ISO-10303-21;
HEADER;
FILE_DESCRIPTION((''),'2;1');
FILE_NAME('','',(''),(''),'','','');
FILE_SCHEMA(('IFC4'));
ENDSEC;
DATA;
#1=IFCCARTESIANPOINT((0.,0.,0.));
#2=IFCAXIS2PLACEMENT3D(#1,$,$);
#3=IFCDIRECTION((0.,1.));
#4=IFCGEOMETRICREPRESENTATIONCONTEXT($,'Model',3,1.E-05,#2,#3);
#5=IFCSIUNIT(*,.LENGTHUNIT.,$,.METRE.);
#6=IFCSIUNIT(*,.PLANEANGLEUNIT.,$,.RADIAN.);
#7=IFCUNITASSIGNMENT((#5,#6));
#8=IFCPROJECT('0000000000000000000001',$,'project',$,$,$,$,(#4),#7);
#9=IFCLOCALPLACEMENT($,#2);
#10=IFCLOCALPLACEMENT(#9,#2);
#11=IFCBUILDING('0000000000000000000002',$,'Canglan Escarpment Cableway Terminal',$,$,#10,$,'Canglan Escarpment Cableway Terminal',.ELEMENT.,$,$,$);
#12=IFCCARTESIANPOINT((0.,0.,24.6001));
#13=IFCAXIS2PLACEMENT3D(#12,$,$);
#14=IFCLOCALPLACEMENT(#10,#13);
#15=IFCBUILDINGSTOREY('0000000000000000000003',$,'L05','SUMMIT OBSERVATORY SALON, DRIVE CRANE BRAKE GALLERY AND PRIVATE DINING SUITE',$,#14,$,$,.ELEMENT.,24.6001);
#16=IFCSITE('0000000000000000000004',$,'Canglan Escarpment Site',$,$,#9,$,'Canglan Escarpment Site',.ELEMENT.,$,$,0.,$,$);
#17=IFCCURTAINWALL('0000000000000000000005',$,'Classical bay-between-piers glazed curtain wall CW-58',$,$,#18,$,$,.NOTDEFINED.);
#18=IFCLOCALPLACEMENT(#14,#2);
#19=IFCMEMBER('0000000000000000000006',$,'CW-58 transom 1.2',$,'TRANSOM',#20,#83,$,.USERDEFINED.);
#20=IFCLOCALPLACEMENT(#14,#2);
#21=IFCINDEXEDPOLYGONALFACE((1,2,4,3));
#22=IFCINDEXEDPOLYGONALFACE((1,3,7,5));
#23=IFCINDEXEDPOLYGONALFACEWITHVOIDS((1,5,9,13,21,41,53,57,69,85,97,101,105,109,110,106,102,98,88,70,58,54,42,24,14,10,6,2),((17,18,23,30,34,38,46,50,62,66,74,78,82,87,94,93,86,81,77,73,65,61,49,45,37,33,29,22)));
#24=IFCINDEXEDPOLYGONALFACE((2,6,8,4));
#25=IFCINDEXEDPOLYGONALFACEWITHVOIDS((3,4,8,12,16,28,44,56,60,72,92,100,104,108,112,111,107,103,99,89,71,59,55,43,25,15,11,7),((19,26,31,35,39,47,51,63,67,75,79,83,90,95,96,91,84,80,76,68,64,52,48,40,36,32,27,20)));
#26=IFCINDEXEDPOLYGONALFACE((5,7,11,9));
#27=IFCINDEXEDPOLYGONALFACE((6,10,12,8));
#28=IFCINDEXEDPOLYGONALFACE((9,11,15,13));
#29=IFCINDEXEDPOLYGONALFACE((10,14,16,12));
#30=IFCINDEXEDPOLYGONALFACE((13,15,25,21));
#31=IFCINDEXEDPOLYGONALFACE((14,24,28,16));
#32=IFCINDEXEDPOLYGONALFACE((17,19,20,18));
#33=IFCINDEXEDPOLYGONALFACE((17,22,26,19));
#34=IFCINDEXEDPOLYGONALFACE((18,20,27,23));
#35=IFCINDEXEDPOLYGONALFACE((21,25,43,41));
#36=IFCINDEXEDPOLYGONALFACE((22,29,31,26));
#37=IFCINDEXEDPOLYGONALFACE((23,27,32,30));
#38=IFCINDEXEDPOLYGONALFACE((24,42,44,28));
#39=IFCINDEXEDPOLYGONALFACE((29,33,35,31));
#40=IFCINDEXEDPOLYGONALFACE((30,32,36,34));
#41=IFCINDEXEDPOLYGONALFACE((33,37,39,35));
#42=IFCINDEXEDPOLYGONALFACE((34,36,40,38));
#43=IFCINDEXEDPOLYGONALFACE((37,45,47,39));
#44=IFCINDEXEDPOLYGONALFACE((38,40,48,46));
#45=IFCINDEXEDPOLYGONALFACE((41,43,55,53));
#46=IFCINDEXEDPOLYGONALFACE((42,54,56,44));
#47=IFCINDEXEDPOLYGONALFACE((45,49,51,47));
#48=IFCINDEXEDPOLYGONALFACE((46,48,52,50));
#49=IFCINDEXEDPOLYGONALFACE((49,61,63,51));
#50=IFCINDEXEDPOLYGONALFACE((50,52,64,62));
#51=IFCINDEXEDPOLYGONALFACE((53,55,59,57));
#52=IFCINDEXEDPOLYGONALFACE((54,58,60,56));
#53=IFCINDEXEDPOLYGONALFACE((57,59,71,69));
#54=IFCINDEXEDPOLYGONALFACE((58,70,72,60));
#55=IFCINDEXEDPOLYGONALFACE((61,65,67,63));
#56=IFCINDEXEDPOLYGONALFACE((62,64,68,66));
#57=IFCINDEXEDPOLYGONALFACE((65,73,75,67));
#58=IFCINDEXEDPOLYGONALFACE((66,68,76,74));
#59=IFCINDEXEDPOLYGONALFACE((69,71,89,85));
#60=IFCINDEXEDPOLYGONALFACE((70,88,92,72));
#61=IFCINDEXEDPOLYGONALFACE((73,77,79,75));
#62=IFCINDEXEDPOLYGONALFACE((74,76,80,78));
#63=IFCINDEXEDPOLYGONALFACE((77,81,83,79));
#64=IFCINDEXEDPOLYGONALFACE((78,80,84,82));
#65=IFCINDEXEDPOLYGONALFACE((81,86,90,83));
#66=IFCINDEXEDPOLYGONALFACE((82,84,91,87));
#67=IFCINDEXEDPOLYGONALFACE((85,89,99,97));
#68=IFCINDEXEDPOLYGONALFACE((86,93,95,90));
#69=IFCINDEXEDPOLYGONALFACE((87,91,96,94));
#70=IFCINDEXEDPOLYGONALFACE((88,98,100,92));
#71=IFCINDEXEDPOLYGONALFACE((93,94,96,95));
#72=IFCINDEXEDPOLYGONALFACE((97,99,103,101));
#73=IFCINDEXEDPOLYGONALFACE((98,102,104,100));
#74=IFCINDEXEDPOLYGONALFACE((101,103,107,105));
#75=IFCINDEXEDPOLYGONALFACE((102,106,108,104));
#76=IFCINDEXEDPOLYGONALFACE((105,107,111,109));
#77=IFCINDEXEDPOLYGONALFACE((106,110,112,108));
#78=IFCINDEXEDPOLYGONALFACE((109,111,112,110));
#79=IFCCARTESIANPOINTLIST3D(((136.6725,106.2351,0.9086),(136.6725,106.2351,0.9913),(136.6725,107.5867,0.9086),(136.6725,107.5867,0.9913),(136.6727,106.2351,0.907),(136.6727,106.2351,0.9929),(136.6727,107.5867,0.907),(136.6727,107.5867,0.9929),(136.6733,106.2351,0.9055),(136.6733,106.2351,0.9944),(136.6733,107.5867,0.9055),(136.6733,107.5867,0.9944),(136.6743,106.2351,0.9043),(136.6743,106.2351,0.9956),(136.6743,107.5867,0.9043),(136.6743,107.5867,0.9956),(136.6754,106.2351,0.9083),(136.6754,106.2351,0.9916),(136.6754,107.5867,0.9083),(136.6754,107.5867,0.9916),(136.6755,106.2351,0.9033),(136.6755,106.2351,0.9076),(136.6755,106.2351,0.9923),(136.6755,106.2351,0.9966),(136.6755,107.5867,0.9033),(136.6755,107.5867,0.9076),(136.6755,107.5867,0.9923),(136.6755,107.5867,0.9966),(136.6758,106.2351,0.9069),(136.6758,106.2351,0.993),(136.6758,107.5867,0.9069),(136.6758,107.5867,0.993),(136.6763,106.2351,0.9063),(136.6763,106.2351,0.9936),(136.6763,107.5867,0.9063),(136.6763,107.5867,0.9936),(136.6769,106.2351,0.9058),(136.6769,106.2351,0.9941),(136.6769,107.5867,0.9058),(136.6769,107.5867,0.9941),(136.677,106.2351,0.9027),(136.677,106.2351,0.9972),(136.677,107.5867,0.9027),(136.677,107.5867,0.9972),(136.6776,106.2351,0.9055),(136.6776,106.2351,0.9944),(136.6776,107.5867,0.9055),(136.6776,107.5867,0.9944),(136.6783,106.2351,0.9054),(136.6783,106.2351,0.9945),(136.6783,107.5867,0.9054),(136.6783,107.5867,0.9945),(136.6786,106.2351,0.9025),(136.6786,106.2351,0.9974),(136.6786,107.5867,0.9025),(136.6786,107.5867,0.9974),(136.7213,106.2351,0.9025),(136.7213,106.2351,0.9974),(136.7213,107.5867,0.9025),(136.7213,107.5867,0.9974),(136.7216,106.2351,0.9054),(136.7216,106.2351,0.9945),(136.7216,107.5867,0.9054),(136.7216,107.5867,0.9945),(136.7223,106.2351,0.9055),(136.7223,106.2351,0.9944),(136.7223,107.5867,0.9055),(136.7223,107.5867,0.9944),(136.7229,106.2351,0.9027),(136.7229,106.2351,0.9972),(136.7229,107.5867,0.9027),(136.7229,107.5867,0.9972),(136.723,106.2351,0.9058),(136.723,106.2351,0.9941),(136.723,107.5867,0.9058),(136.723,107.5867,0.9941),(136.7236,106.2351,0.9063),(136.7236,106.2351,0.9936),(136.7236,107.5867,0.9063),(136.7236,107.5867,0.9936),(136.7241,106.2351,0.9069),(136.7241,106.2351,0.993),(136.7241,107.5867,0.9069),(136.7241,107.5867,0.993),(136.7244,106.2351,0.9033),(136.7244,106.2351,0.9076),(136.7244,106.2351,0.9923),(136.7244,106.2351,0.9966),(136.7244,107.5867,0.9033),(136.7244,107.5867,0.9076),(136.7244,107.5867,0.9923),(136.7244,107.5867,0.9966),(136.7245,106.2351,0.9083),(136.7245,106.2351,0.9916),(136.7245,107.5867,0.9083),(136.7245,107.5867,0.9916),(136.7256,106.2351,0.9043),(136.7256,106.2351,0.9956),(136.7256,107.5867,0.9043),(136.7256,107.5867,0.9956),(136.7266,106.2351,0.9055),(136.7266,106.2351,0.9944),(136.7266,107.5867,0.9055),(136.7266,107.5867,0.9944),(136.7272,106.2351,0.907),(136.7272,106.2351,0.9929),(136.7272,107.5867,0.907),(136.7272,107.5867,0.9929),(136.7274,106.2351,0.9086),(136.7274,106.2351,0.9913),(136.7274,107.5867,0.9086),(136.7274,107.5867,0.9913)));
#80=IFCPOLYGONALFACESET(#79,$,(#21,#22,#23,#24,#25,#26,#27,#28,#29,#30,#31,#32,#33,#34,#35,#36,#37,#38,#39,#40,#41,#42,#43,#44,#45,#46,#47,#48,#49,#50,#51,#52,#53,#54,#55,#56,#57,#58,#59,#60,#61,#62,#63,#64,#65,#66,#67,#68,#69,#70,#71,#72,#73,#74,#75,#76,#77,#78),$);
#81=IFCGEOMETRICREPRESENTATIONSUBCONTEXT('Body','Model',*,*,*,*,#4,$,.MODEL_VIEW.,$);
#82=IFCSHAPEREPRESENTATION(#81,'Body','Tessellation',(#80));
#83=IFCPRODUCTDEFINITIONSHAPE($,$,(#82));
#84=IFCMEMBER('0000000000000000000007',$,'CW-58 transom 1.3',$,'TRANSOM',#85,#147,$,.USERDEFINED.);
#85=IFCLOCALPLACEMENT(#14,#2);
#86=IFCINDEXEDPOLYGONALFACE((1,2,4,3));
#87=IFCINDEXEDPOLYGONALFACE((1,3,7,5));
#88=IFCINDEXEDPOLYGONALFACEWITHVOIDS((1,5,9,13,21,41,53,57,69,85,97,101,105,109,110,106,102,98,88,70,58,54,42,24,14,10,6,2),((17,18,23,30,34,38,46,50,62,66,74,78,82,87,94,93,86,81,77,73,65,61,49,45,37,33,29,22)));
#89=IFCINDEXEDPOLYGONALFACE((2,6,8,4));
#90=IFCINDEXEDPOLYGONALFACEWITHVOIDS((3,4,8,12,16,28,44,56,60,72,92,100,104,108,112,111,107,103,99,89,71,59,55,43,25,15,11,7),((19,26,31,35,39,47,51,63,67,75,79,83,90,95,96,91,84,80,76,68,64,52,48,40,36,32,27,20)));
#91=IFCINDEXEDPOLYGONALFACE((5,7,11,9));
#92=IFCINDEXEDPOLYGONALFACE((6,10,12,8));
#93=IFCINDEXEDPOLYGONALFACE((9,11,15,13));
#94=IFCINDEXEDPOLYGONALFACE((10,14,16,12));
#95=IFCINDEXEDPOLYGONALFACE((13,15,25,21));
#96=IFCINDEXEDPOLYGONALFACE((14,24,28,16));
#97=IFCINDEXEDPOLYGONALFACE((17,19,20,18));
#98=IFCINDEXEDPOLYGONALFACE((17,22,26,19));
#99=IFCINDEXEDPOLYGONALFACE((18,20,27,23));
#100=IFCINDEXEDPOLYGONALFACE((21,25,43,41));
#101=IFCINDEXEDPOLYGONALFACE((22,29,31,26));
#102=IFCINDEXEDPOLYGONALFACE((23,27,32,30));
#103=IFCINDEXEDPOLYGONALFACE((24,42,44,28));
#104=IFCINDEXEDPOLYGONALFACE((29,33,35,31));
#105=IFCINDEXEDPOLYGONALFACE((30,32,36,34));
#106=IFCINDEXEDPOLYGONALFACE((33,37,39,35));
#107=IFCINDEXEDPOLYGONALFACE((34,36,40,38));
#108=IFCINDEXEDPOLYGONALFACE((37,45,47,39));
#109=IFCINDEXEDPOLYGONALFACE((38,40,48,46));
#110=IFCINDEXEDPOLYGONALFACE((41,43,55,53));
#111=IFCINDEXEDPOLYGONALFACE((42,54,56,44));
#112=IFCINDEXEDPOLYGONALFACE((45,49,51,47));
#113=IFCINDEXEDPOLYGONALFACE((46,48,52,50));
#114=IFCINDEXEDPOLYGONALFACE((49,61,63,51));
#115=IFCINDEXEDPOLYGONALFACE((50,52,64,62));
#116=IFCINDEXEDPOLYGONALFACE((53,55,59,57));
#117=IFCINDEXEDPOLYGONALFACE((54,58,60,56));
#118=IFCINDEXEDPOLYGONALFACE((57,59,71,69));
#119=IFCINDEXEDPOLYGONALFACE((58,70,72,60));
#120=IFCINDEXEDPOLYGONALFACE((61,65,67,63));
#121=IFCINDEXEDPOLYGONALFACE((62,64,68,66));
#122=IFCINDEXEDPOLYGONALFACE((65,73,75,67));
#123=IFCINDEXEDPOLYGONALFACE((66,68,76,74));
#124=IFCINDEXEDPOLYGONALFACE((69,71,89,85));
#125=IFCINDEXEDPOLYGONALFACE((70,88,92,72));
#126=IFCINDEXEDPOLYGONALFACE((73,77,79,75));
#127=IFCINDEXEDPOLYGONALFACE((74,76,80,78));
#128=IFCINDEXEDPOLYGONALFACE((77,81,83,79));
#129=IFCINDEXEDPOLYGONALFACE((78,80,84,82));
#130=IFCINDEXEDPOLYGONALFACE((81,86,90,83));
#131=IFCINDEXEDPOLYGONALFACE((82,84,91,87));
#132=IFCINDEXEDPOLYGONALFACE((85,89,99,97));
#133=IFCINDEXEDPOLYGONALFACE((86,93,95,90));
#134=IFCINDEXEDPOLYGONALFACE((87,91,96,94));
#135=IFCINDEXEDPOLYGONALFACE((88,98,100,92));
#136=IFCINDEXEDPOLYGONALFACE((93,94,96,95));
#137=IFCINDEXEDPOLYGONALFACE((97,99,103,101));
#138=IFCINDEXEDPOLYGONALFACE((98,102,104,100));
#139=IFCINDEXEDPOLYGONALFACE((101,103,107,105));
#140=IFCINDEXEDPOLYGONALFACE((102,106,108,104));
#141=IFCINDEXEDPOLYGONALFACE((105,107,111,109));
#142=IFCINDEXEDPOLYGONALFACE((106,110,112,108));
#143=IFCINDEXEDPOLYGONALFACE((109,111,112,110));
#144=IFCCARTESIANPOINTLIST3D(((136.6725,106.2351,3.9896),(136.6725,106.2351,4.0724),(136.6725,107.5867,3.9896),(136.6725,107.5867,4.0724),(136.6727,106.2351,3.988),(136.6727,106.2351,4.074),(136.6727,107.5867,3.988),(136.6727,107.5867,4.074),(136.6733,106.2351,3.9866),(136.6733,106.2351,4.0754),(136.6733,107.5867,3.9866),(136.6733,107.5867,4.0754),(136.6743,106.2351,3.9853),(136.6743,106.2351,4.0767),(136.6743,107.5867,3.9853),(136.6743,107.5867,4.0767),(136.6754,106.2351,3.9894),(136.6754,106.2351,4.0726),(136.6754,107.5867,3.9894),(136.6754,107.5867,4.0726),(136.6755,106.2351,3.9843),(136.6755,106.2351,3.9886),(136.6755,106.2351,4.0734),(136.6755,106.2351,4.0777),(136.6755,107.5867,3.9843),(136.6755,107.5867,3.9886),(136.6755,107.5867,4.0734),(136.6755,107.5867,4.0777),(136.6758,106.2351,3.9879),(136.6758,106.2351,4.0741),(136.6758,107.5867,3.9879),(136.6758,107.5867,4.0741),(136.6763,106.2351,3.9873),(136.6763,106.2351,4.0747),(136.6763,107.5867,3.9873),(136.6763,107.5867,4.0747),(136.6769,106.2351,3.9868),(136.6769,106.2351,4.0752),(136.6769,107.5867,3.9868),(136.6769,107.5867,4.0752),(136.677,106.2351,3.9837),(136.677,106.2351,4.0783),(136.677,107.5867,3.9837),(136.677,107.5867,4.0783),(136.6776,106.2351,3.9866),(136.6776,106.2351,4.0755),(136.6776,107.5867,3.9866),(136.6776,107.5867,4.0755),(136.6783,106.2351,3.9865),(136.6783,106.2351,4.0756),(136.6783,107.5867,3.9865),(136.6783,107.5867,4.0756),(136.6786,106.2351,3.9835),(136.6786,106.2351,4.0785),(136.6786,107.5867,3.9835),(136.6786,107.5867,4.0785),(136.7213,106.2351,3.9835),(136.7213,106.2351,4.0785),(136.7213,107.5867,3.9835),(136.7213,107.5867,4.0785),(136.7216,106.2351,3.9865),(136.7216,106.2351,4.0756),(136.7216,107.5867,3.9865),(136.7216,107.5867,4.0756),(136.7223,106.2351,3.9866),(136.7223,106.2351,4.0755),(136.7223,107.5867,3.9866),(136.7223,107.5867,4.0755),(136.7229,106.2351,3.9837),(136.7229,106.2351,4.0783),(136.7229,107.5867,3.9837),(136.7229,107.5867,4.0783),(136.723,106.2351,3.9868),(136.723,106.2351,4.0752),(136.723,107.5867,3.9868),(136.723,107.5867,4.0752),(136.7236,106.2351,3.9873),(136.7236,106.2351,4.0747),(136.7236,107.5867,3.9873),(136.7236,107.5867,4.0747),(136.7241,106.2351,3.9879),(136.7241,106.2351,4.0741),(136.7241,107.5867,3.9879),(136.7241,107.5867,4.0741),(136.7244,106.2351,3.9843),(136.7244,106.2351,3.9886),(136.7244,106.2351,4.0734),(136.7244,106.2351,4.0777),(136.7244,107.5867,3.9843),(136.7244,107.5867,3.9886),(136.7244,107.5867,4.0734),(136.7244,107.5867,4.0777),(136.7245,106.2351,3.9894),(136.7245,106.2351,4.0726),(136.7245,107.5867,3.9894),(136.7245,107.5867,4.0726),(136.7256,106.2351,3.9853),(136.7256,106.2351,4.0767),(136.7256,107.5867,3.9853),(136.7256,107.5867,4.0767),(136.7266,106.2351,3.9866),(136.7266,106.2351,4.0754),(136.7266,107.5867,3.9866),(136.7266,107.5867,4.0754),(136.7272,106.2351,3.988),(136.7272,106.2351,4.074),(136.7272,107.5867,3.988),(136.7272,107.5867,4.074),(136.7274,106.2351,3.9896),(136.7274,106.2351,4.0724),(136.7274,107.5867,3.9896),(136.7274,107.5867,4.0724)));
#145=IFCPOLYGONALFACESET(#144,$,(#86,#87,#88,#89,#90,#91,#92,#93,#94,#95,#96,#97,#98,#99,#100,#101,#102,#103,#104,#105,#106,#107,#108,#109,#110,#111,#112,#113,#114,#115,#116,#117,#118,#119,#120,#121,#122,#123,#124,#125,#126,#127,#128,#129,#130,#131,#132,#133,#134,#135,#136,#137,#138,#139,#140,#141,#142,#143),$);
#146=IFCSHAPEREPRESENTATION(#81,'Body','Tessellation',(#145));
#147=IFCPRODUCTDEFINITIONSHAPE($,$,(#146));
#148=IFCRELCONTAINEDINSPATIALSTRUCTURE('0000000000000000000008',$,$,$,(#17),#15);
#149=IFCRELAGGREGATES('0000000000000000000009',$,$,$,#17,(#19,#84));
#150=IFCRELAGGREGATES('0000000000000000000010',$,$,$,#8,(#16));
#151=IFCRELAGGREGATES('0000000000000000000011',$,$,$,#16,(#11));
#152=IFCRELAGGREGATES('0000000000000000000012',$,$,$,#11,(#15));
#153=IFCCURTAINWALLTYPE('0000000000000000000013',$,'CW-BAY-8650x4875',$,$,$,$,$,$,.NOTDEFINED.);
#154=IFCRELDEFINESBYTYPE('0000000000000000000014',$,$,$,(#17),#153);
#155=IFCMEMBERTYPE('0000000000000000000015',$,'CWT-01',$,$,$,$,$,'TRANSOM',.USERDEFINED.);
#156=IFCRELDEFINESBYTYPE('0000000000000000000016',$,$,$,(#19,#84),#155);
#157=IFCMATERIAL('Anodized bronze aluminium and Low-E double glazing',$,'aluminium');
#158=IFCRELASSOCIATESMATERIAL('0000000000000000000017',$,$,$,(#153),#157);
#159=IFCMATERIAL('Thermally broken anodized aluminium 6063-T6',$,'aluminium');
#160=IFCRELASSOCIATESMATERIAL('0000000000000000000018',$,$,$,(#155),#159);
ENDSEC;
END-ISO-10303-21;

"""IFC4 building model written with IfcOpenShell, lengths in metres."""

from ifc_helpers import new_model, si_unit, direction, frame, origin, origin_2d, place, context, subcontext, project, spatial, hollow_rectangle, extrude, material, material_profile, profile_set, type_object, element, aggregate, save


model = new_model("IFC4")

# Units and contexts
model_context = context("Model", 3, precision=1e-05, world=origin(), true_north=direction((0.0, 1.0)))
body_context = subcontext(model_context, "Body", "Model", "MODEL_VIEW")
ifc_project = project(units=[si_unit("LENGTHUNIT", "METRE"), si_unit("PLANEANGLEUNIT", "RADIAN")], contexts=[model_context])

# Site, building, storey
site_placement = place(None, origin())
site = spatial("IfcSite", under=ifc_project, at=site_placement, Name="Canglan Escarpment Site", LongName="Canglan Escarpment Site", CompositionType="ELEMENT", RefElevation=0.0)
building_placement = place(site_placement, origin())
building = spatial("IfcBuilding", under=site, at=building_placement, Name="Canglan Escarpment Cableway Terminal", LongName="Canglan Escarpment Cableway Terminal", CompositionType="ELEMENT")
storey_placement = place(building_placement, frame((0.0, 0.0, 24.6001)))
storey = spatial("IfcBuildingStorey", under=building, at=storey_placement, Name="L05", Description="SUMMIT OBSERVATORY SALON, DRIVE CRANE BRAKE GALLERY AND PRIVATE DINING SUITE", CompositionType="ELEMENT", Elevation=24.6001)

# Curtain wall
ifc_material_1 = material(Name="Anodized bronze aluminium and Low-E double glazing", Category="aluminium")
curtain_wall_type = type_object("IfcCurtainWallType", Name="CW-BAY-8650x4875", PredefinedType="NOTDEFINED", material=ifc_material_1)
curtain_wall_1_placement = place(storey_placement, origin())
curtain_wall_1 = element("IfcCurtainWall", 1, at=curtain_wall_1_placement, inside=storey, type_object=curtain_wall_type, Name="Classical bay-between-piers glazed curtain wall CW-58", PredefinedType="NOTDEFINED")
ifc_material_2 = material(Name="Thermally broken anodized aluminium 6063-T6", Category="aluminium")

# Members
ifc_material_profile_1 = material_profile(ifc_material_2, hollow_rectangle(XDim=0.0549, YDim=0.095, WallThickness=0.0029, InnerFilletRadius=0.0029, OuterFilletRadius=0.0061, at=origin_2d()), Name="ALU-TRAN 55x95x3")
ifc_profile_set_1 = profile_set([ifc_material_profile_1], Name="Thermally broken anodized aluminium 6063-T6")
member_type_1 = type_object("IfcMemberType", Name="CWT-01", ElementType="TRANSOM", PredefinedType="USERDEFINED", material=ifc_profile_set_1)
member_1_placement = place(storey_placement, frame((136.7, 106.2351, 0.95), z_axis=(0.0, 1.0, 0.0), x_axis=(-1.0, 0.0, 0.0)))
member_1 = element("IfcMember", 2, at=member_1_placement, type_object=member_type_1, Name="CW-58 transom 1.2", ObjectType="TRANSOM", PredefinedType="USERDEFINED", context=body_context, shape_type="SweptSolid", body=[
    extrude(hollow_rectangle(XDim=0.0549, YDim=0.095, WallThickness=0.0029, InnerFilletRadius=0.0029, OuterFilletRadius=0.0061, at=origin_2d()), origin(), (0.0, 0.0, 1.0), 1.3516),
])
member_2_placement = place(storey_placement, frame((136.7, 106.2351, 4.031), z_axis=(0.0, 1.0, 0.0), x_axis=(-1.0, 0.0, 0.0)))
member_2 = element("IfcMember", 3, at=member_2_placement, type_object=member_type_1, Name="CW-58 transom 1.3", ObjectType="TRANSOM", PredefinedType="USERDEFINED", context=body_context, shape_type="SweptSolid", body=[
    extrude(hollow_rectangle(XDim=0.0549, YDim=0.095, WallThickness=0.0029, InnerFilletRadius=0.0029, OuterFilletRadius=0.0061, at=origin_2d()), origin(), (0.0, 0.0, 1.0), 1.3516),
])

aggregate(curtain_wall_1, [member_1, member_2])

save(model, "model.ifc")
